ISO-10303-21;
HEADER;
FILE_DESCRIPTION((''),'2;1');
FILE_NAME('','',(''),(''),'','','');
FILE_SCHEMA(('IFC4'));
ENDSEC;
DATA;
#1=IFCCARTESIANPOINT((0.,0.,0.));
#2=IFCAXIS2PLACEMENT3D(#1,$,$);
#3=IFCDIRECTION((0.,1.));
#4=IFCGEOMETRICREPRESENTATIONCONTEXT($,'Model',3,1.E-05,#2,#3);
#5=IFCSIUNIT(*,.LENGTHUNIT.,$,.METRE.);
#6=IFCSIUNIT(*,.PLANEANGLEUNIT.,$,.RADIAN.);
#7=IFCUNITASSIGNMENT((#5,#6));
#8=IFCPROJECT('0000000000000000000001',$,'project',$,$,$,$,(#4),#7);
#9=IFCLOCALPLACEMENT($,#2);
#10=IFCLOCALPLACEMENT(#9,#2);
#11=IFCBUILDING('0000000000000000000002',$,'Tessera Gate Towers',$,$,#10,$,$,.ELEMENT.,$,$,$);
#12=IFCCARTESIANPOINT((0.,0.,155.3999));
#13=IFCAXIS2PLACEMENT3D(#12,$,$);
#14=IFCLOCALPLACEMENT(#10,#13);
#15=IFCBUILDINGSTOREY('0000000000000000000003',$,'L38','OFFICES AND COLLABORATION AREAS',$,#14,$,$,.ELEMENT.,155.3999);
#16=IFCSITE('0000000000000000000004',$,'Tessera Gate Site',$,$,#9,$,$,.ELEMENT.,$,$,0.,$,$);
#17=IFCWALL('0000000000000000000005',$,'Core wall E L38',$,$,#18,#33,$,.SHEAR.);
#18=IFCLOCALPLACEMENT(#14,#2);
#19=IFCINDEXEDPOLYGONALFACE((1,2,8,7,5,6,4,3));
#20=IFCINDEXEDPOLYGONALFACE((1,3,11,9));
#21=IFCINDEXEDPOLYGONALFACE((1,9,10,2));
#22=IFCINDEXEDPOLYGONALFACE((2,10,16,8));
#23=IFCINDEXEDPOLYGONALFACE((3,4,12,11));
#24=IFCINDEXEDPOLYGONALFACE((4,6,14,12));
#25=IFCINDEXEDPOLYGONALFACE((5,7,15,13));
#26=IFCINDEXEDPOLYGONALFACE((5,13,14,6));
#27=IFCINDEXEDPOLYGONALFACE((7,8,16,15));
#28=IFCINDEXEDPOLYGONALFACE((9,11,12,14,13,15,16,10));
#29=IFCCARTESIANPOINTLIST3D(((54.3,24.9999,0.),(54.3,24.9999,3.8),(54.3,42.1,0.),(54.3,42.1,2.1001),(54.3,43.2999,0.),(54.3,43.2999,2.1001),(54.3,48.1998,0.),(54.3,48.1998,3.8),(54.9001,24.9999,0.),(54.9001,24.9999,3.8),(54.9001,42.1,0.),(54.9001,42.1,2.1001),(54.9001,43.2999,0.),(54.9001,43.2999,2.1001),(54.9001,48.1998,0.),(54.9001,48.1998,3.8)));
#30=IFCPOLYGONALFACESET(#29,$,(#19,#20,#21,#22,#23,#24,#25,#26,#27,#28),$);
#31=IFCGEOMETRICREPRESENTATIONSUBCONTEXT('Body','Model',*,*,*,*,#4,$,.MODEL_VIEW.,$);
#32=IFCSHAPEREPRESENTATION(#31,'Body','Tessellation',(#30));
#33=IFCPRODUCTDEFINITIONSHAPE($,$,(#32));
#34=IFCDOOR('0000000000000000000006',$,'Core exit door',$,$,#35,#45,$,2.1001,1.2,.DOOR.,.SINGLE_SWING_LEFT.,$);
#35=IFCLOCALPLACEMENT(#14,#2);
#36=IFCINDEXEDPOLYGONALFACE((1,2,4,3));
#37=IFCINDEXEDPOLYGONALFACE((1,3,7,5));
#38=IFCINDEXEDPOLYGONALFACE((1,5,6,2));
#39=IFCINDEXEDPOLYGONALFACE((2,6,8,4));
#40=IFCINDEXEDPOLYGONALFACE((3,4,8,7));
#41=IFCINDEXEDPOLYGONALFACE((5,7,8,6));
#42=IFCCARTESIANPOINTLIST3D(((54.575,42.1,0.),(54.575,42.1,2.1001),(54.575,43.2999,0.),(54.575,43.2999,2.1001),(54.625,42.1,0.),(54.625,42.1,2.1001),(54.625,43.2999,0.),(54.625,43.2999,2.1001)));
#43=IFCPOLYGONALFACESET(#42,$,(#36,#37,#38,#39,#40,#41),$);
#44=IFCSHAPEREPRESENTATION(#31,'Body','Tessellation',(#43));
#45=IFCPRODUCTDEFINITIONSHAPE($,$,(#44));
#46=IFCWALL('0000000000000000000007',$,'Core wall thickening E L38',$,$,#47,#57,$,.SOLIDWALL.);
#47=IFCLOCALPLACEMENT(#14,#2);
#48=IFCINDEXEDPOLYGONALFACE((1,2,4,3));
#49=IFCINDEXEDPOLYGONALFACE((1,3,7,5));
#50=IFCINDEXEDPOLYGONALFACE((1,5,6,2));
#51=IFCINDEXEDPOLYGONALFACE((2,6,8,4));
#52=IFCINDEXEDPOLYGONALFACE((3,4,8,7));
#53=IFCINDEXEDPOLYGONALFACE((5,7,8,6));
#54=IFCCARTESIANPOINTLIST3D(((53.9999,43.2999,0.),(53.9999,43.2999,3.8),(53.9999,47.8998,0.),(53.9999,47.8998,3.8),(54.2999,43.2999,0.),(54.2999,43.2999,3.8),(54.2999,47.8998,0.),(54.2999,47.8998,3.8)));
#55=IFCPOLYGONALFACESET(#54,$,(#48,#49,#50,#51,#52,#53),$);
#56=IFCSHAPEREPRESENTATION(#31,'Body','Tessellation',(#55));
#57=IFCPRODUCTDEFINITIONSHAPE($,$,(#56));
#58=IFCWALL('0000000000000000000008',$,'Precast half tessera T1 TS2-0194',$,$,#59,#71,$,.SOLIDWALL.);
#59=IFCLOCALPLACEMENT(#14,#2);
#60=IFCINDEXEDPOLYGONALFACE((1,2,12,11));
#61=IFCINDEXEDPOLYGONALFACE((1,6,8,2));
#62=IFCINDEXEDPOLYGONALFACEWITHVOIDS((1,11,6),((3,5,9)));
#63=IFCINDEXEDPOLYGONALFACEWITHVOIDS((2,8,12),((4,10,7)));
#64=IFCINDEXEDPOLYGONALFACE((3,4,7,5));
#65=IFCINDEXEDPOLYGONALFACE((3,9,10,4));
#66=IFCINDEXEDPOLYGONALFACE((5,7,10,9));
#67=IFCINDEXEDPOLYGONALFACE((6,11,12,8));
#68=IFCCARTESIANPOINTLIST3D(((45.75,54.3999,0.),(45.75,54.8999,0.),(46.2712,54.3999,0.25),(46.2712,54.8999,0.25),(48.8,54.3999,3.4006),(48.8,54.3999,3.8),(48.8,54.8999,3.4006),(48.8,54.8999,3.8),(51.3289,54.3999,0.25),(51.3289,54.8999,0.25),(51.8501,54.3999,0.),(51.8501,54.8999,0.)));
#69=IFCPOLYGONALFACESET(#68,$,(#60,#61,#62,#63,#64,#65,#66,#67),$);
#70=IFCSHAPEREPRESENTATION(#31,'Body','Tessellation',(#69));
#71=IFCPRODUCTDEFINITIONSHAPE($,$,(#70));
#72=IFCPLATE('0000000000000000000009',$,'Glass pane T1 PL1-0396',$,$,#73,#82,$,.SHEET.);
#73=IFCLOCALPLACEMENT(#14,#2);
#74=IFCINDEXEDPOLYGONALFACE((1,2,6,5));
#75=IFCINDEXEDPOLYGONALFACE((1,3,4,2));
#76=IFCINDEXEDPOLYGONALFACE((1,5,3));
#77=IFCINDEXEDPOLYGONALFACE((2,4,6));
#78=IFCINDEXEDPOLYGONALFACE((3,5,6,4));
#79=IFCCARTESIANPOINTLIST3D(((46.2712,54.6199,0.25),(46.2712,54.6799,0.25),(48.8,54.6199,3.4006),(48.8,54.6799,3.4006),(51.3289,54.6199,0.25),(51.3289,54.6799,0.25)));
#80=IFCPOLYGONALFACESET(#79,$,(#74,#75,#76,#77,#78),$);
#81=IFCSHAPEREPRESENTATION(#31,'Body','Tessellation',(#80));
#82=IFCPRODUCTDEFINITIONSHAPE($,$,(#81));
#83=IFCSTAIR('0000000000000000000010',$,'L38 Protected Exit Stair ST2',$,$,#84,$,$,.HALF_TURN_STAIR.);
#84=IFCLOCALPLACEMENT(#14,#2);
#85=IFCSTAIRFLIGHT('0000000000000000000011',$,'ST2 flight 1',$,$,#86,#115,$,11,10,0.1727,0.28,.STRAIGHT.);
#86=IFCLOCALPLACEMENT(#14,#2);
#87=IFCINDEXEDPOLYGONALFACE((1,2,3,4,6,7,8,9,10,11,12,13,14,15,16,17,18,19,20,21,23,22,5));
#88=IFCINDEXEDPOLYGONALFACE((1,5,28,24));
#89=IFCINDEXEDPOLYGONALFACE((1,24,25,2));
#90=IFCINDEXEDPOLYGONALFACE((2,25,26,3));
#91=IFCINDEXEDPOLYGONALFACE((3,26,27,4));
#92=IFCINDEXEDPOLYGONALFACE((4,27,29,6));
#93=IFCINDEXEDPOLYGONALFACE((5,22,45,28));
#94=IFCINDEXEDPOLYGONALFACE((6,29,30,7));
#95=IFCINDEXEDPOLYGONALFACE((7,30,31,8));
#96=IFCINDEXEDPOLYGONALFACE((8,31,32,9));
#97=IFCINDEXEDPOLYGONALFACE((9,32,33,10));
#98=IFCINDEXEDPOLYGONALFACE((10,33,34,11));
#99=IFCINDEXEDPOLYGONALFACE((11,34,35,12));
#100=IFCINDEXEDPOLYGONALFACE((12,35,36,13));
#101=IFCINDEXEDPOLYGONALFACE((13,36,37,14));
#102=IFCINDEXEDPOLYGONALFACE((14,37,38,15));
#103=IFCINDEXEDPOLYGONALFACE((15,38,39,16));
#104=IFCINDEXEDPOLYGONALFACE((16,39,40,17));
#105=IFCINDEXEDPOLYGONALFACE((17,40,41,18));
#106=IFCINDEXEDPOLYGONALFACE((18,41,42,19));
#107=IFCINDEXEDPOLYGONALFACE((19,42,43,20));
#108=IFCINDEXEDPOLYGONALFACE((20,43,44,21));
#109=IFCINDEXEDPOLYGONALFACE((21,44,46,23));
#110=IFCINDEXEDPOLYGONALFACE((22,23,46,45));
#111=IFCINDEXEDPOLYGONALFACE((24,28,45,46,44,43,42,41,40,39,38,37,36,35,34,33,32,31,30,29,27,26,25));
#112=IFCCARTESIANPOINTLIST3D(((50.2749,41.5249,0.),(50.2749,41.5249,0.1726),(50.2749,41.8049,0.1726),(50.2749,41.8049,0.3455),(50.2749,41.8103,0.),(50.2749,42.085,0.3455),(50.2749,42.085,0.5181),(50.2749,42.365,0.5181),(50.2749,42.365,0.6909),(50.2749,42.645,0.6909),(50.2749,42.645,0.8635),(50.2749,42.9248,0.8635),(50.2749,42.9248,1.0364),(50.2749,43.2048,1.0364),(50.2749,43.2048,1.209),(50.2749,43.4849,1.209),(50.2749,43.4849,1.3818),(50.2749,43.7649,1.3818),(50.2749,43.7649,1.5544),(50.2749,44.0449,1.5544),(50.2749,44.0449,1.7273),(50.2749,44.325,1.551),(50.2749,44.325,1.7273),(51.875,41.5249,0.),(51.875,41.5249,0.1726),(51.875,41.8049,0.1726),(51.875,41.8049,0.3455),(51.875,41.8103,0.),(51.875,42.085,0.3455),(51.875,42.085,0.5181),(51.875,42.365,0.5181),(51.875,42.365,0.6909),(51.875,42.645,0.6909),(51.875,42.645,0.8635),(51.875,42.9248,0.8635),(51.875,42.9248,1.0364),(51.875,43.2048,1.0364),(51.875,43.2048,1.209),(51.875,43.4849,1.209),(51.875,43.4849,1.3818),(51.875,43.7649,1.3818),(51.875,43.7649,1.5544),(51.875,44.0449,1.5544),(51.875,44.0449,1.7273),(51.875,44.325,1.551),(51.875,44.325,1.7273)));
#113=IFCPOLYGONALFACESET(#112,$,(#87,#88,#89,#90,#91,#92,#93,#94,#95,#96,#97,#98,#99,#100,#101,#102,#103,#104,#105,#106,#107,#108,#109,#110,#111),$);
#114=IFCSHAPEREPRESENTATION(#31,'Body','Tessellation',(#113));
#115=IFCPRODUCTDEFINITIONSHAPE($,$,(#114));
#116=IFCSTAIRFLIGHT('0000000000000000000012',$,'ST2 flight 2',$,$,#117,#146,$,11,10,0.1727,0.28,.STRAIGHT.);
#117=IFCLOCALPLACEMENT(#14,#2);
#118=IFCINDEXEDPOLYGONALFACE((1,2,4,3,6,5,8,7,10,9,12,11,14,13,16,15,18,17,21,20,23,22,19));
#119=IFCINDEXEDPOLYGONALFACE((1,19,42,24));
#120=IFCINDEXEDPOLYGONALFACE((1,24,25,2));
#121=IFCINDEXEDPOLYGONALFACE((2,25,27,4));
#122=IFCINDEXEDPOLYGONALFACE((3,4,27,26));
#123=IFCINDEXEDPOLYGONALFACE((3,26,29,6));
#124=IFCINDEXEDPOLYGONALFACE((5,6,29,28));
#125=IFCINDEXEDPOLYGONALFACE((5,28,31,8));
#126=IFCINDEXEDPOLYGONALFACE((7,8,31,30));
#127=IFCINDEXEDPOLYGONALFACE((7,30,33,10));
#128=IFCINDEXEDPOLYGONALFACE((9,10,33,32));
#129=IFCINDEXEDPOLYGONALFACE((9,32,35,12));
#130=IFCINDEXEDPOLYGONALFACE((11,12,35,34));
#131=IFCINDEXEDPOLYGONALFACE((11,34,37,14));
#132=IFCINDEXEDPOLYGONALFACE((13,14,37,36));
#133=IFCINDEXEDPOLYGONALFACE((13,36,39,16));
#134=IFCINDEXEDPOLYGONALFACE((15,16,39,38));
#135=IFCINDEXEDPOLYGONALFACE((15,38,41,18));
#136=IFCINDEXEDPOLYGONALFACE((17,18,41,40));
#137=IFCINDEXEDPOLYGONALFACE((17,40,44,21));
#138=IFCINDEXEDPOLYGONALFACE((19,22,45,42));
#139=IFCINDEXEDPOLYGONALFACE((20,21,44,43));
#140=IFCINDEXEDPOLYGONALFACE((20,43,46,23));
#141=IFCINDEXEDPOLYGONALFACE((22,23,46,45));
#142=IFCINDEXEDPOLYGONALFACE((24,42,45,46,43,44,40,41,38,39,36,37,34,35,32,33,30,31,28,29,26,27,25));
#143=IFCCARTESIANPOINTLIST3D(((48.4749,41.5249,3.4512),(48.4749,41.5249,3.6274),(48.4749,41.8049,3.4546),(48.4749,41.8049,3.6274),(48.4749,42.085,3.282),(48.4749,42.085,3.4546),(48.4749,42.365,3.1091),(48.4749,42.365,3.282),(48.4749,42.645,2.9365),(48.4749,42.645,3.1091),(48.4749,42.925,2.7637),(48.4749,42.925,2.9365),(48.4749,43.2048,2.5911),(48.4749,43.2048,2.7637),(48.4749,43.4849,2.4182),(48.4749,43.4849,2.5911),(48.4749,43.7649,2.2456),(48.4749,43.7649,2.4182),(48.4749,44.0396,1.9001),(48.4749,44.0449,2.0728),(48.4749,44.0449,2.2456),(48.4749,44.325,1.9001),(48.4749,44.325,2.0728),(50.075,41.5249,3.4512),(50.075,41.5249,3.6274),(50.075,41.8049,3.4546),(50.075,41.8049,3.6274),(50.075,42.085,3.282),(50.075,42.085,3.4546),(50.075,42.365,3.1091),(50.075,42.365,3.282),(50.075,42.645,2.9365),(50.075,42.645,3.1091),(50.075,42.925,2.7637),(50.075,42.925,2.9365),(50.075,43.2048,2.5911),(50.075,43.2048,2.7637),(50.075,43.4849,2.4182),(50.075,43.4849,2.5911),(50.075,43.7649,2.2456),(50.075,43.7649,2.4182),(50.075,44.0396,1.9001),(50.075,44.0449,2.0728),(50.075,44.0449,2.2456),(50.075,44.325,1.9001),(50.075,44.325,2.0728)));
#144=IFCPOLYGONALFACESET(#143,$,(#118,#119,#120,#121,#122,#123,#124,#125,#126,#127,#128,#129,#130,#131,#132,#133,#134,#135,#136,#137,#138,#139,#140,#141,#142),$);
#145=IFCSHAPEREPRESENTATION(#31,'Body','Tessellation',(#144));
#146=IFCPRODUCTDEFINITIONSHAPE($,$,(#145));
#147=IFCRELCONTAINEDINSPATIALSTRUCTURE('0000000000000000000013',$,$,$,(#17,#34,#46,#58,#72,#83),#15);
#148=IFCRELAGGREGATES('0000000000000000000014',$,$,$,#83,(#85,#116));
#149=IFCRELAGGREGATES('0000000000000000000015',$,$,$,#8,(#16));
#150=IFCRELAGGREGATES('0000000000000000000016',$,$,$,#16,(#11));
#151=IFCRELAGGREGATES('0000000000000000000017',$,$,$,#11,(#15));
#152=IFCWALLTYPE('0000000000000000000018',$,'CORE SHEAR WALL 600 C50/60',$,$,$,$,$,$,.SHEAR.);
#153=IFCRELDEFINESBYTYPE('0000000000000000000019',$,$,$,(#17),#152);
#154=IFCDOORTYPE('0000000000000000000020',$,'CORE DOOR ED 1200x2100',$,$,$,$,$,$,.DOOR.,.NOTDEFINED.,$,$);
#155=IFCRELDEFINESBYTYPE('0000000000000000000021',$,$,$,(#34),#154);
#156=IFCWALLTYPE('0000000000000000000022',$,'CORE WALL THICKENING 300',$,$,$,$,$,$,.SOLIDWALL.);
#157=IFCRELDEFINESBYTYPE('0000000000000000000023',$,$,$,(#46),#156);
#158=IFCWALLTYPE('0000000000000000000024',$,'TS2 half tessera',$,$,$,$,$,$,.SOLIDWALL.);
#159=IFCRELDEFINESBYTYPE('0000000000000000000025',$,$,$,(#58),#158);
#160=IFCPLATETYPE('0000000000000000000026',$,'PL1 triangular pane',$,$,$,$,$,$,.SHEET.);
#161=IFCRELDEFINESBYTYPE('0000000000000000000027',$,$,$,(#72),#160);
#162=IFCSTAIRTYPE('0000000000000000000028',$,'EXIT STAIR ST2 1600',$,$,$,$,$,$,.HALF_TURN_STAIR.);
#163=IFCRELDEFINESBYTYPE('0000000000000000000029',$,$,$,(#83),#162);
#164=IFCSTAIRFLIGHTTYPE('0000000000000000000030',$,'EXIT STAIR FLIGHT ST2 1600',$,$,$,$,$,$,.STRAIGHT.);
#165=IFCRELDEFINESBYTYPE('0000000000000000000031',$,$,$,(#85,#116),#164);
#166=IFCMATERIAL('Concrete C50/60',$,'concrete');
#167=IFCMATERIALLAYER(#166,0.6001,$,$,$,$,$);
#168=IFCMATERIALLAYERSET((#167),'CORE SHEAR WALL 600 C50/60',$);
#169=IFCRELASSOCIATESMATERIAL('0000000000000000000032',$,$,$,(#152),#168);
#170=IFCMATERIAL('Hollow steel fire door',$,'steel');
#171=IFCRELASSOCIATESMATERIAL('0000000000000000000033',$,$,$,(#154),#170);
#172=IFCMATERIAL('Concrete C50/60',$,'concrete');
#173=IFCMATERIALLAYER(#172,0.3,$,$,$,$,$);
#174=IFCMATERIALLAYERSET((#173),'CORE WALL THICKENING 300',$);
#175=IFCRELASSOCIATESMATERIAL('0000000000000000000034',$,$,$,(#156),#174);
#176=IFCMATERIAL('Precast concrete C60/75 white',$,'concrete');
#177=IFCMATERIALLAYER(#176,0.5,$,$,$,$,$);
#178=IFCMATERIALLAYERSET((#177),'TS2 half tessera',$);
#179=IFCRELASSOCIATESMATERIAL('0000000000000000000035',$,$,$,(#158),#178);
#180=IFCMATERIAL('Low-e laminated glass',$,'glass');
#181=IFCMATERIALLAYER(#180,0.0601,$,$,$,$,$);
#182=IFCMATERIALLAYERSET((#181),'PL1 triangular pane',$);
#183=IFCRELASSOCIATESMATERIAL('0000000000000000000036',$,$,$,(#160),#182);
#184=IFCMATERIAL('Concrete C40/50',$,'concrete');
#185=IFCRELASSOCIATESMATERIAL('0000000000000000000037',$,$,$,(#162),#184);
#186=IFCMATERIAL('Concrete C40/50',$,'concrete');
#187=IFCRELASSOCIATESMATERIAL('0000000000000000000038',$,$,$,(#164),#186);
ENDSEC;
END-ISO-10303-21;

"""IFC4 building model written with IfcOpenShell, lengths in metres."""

from ifc_helpers import new_model, si_unit, direction, frame, frame_2d, origin, place, context, subcontext, project, spatial, polyline, rectangle, outline, extrude, source, transform, mapped, material, layer, layer_set, type_object, element, fill, aggregate, save


model = new_model("IFC4")

# Units and contexts
model_context = context("Model", 3, precision=1e-05, world=origin(), true_north=direction((0.0, 1.0)))
body_context = subcontext(model_context, "Body", "Model", "MODEL_VIEW")
ifc_project = project(units=[si_unit("LENGTHUNIT", "METRE"), si_unit("PLANEANGLEUNIT", "RADIAN")], contexts=[model_context])

# Site, building, storey
site_placement = place(None, origin())
site = spatial("IfcSite", under=ifc_project, at=site_placement, Name="Tessera Gate Site", CompositionType="ELEMENT", RefElevation=0.0)
building_placement = place(site_placement, origin())
building = spatial("IfcBuilding", under=site, at=building_placement, Name="Tessera Gate Towers", CompositionType="ELEMENT")
storey_placement = place(building_placement, frame((0.0, 0.0, 155.3999)))
storey = spatial("IfcBuildingStorey", under=building, at=storey_placement, Name="L38", Description="OFFICES AND COLLABORATION AREAS", CompositionType="ELEMENT", Elevation=155.3999)

# Shared definitions
shared_shape_1 = source(origin(), body_context, "Body", "SweptSolid", [
    extrude(rectangle(XDim=1.2, YDim=2.1001, at=frame_2d((0.6001, 1.05))), frame((0.0, 0.0249, 0.0), z_axis=(0.0, -1.0, 0.0), x_axis=(1.0, 0.0, 0.0)), (0.0, 0.0, 1.0), 0.05),
])

# Wall, opening, door
ifc_material_1 = material(Name="Concrete C50/60", Category="concrete")
ifc_layer_1 = layer(ifc_material_1, 0.6001)
ifc_layer_set_1 = layer_set([ifc_layer_1], Name="CORE SHEAR WALL 600 C50/60")
wall_type_1 = type_object("IfcWallType", Name="CORE SHEAR WALL 600 C50/60", PredefinedType="SHEAR", material=ifc_layer_set_1)
wall_1_placement = place(storey_placement, frame((54.6001, 48.2, 0.0), z_axis=(0.0, 0.0, 1.0), x_axis=(0.0, -1.0, 0.0)))
wall_1 = element("IfcWall", 1, at=wall_1_placement, inside=storey, type_object=wall_type_1, Name="Core wall E L38", PredefinedType="SHEAR", context=body_context, shape_type="SweptSolid", body=[
    extrude(rectangle(XDim=23.2, YDim=0.6001, at=frame_2d((11.6001, 0.0))), origin(), (0.0, 0.0, 1.0), 3.8),
])
shared_shape_2 = source(origin(), body_context, "Body", "SweptSolid", [
    extrude(rectangle(XDim=1.2, YDim=2.1001, at=frame_2d((0.6001, 1.05))), frame((0.0, 0.3101, 0.0), z_axis=(0.0, -1.0, 0.0), x_axis=(1.0, 0.0, 0.0)), (0.0, 0.0, 1.0), 0.6201),
])
opening_1_placement = place(wall_1_placement, frame((4.8999, 0.0, 0.0)))
opening_1 = element("IfcOpeningElement", 2, at=opening_1_placement, cuts=wall_1, PredefinedType="OPENING", context=body_context, shape_type="MappedRepresentation", body=[
    mapped(shared_shape_2, transform((0.0, 0.0, 0.0), scale=1.0)),
])
ifc_material_2 = material(Name="Hollow steel fire door", Category="steel")
door_type_1 = type_object("IfcDoorType", Name="CORE DOOR ED 1200x2100", OperationType="NOTDEFINED", PredefinedType="DOOR", material=ifc_material_2)
door_1_placement = place(opening_1_placement, origin())
door_1 = element("IfcDoor", 3, at=door_1_placement, inside=storey, type_object=door_type_1, Name="Core exit door", OperationType="SINGLE_SWING_LEFT", OverallHeight=2.1001, OverallWidth=1.2, PredefinedType="DOOR", context=body_context, shape_type="MappedRepresentation", body=[
    mapped(shared_shape_1, transform((0.0, 0.0, 0.0), scale=1.0)),
])
fill(opening_1, door_1)

# Wall
ifc_material_3 = material(Name="Concrete C50/60", Category="concrete")
ifc_layer_2 = layer(ifc_material_3, 0.3)
ifc_layer_set_2 = layer_set([ifc_layer_2], Name="CORE WALL THICKENING 300")
wall_type_2 = type_object("IfcWallType", Name="CORE WALL THICKENING 300", PredefinedType="SOLIDWALL", material=ifc_layer_set_2)
wall_2_placement = place(storey_placement, frame((54.1499, 43.3, 0.0), z_axis=(0.0, 0.0, 1.0), x_axis=(0.0, 1.0, 0.0)))
element("IfcWall", 4, at=wall_2_placement, inside=storey, type_object=wall_type_2, Name="Core wall thickening E L38", PredefinedType="SOLIDWALL", context=body_context, shape_type="SweptSolid", body=[
    extrude(rectangle(XDim=4.5999, YDim=0.3, at=frame_2d((2.2998, 0.0))), origin(), (0.0, 0.0, 1.0), 3.8),
])

# Wall, opening, plate
ifc_material_4 = material(Name="Precast concrete C60/75 white", Category="concrete")
ifc_layer_3 = layer(ifc_material_4, 0.5)
ifc_layer_set_3 = layer_set([ifc_layer_3], Name="TS2 half tessera")
wall_type_3 = type_object("IfcWallType", Name="TS2 half tessera", PredefinedType="SOLIDWALL", material=ifc_layer_set_3)
shared_shape_3 = source(origin(), body_context, "Body", "SweptSolid", [
    extrude(outline(polyline([(6.1001, 0.0), (3.05, 3.8), (0.0, 0.0), (6.1001, 0.0)])), frame((0.0, 0.25, 0.0), z_axis=(0.0, -1.0, 0.0), x_axis=(1.0, 0.0, 0.0)), (0.0, 0.0, 1.0), 0.5),
])
wall_3_placement = place(storey_placement, frame((51.8501, 54.6499, 0.0), z_axis=(0.0, 0.0, 1.0), x_axis=(-1.0, 0.0, 0.0)))
wall_3 = element("IfcWall", 5, at=wall_3_placement, inside=storey, type_object=wall_type_3, Name="Precast half tessera T1 TS2-0194", PredefinedType="SOLIDWALL", context=body_context, shape_type="MappedRepresentation", body=[
    mapped(shared_shape_3, transform((0.0, 0.0, 0.0), scale=1.0)),
])
shared_shape_4 = source(origin(), body_context, "Body", "SweptSolid", [
    extrude(outline(polyline([(5.5789, 0.25), (3.05, 3.4006), (0.5212, 0.25), (5.5789, 0.25)])), frame((0.0, 0.26, 0.0), z_axis=(0.0, -1.0, 0.0), x_axis=(1.0, 0.0, 0.0)), (0.0, 0.0, 1.0), 0.52),
])
opening_2_placement = place(wall_3_placement, origin())
opening_2 = element("IfcOpeningElement", 6, at=opening_2_placement, cuts=wall_3, PredefinedType="OPENING", context=body_context, shape_type="MappedRepresentation", body=[
    mapped(shared_shape_4, transform((0.0, 0.0, 0.0), scale=1.0)),
])
ifc_material_5 = material(Name="Low-e laminated glass", Category="glass")
ifc_layer_4 = layer(ifc_material_5, 0.0601)
ifc_layer_set_4 = layer_set([ifc_layer_4], Name="PL1 triangular pane")
plate_type = type_object("IfcPlateType", Name="PL1 triangular pane", PredefinedType="SHEET", material=ifc_layer_set_4)
shared_shape_5 = source(origin(), body_context, "Body", "SweptSolid", [
    extrude(outline(polyline([(5.5789, 0.25), (3.05, 3.4006), (0.5212, 0.25), (5.5789, 0.25)])), frame((0.0, 0.03, 0.0), z_axis=(0.0, -1.0, 0.0), x_axis=(1.0, 0.0, 0.0)), (0.0, 0.0, 1.0), 0.0601),
])
plate_placement = place(opening_2_placement, origin())
plate = element("IfcPlate", 7, at=plate_placement, inside=storey, type_object=plate_type, Name="Glass pane T1 PL1-0396", PredefinedType="SHEET", context=body_context, shape_type="MappedRepresentation", body=[
    mapped(shared_shape_5, transform((0.0, 0.0, 0.0), scale=1.0)),
])
fill(opening_2, plate)

# Stair, stair flights
ifc_material_6 = material(Name="Concrete C40/50", Category="concrete")
stair_type = type_object("IfcStairType", Name="EXIT STAIR ST2 1600", PredefinedType="HALF_TURN_STAIR", material=ifc_material_6)
stair_placement = place(storey_placement, origin())
stair = element("IfcStair", 8, at=stair_placement, inside=storey, type_object=stair_type, Name="L38 Protected Exit Stair ST2", PredefinedType="HALF_TURN_STAIR")
ifc_material_7 = material(Name="Concrete C40/50", Category="concrete")
stair_flight_type = type_object("IfcStairFlightType", Name="EXIT STAIR FLIGHT ST2 1600", PredefinedType="STRAIGHT", material=ifc_material_7)
stair_flight_1_placement = place(storey_placement, frame((51.075, 41.5249, 0.0), z_axis=(0.0, 0.0, 1.0), x_axis=(0.0, 1.0, 0.0)))
stair_flight_1 = element("IfcStairFlight", 9, at=stair_flight_1_placement, type_object=stair_flight_type, Name="ST2 flight 1", NumberOfRisers=11, NumberOfTreads=10, PredefinedType="STRAIGHT", RiserHeight=0.1727, TreadLength=0.28, context=body_context, shape_type="SweptSolid", body=[
    extrude(outline(polyline([(0.0, 0.0), (0.0, 0.1726), (0.28, 0.1726), (0.28, 0.3455), (0.5601, 0.3455), (0.5601, 0.5181), (0.8401, 0.5181), (0.8401, 0.6909), (1.1201, 0.6909), (1.1201, 0.8635), (1.3999, 0.8635), (1.3999, 1.0364), (1.6799, 1.0364), (1.6799, 1.209), (1.96, 1.209), (1.96, 1.3818), (2.24, 1.3818), (2.24, 1.5544), (2.52, 1.5544), (2.52, 1.7273), (2.8, 1.7273), (2.8, 1.8999), (2.8, 1.551), (0.2854, 0.0), (0.0, 0.0)])), frame((0.0, 0.8, 0.0), z_axis=(0.0, -1.0, 0.0), x_axis=(1.0, 0.0, 0.0)), (0.0, 0.0, 1.0), 1.6001),
])
stair_flight_2_placement = place(storey_placement, frame((49.2749, 44.325, 1.9001), z_axis=(0.0, 0.0, 1.0), x_axis=(0.0, -1.0, 0.0)))
stair_flight_2 = element("IfcStairFlight", 10, at=stair_flight_2_placement, type_object=stair_flight_type, Name="ST2 flight 2", NumberOfRisers=11, NumberOfTreads=10, PredefinedType="STRAIGHT", RiserHeight=0.1727, TreadLength=0.28, context=body_context, shape_type="SweptSolid", body=[
    extrude(outline(polyline([(0.0, 0.0), (0.0, 0.1726), (0.28, 0.1726), (0.28, 0.3455), (0.5601, 0.3455), (0.5601, 0.5181), (0.8401, 0.5181), (0.8401, 0.6909), (1.1201, 0.6909), (1.1201, 0.8635), (1.3999, 0.8635), (1.3999, 1.0364), (1.6799, 1.0364), (1.6799, 1.209), (1.96, 1.209), (1.96, 1.3818), (2.24, 1.3818), (2.24, 1.5544), (2.52, 1.5544), (2.52, 1.7273), (2.8, 1.7273), (2.8, 1.8999), (2.8, 1.551), (0.2854, 0.0), (0.0, 0.0)])), frame((0.0, 0.8, 0.0), z_axis=(0.0, -1.0, 0.0), x_axis=(1.0, 0.0, 0.0)), (0.0, 0.0, 1.0), 1.6001),
])
aggregate(stair, [stair_flight_1, stair_flight_2])

save(model, "model.ifc")
